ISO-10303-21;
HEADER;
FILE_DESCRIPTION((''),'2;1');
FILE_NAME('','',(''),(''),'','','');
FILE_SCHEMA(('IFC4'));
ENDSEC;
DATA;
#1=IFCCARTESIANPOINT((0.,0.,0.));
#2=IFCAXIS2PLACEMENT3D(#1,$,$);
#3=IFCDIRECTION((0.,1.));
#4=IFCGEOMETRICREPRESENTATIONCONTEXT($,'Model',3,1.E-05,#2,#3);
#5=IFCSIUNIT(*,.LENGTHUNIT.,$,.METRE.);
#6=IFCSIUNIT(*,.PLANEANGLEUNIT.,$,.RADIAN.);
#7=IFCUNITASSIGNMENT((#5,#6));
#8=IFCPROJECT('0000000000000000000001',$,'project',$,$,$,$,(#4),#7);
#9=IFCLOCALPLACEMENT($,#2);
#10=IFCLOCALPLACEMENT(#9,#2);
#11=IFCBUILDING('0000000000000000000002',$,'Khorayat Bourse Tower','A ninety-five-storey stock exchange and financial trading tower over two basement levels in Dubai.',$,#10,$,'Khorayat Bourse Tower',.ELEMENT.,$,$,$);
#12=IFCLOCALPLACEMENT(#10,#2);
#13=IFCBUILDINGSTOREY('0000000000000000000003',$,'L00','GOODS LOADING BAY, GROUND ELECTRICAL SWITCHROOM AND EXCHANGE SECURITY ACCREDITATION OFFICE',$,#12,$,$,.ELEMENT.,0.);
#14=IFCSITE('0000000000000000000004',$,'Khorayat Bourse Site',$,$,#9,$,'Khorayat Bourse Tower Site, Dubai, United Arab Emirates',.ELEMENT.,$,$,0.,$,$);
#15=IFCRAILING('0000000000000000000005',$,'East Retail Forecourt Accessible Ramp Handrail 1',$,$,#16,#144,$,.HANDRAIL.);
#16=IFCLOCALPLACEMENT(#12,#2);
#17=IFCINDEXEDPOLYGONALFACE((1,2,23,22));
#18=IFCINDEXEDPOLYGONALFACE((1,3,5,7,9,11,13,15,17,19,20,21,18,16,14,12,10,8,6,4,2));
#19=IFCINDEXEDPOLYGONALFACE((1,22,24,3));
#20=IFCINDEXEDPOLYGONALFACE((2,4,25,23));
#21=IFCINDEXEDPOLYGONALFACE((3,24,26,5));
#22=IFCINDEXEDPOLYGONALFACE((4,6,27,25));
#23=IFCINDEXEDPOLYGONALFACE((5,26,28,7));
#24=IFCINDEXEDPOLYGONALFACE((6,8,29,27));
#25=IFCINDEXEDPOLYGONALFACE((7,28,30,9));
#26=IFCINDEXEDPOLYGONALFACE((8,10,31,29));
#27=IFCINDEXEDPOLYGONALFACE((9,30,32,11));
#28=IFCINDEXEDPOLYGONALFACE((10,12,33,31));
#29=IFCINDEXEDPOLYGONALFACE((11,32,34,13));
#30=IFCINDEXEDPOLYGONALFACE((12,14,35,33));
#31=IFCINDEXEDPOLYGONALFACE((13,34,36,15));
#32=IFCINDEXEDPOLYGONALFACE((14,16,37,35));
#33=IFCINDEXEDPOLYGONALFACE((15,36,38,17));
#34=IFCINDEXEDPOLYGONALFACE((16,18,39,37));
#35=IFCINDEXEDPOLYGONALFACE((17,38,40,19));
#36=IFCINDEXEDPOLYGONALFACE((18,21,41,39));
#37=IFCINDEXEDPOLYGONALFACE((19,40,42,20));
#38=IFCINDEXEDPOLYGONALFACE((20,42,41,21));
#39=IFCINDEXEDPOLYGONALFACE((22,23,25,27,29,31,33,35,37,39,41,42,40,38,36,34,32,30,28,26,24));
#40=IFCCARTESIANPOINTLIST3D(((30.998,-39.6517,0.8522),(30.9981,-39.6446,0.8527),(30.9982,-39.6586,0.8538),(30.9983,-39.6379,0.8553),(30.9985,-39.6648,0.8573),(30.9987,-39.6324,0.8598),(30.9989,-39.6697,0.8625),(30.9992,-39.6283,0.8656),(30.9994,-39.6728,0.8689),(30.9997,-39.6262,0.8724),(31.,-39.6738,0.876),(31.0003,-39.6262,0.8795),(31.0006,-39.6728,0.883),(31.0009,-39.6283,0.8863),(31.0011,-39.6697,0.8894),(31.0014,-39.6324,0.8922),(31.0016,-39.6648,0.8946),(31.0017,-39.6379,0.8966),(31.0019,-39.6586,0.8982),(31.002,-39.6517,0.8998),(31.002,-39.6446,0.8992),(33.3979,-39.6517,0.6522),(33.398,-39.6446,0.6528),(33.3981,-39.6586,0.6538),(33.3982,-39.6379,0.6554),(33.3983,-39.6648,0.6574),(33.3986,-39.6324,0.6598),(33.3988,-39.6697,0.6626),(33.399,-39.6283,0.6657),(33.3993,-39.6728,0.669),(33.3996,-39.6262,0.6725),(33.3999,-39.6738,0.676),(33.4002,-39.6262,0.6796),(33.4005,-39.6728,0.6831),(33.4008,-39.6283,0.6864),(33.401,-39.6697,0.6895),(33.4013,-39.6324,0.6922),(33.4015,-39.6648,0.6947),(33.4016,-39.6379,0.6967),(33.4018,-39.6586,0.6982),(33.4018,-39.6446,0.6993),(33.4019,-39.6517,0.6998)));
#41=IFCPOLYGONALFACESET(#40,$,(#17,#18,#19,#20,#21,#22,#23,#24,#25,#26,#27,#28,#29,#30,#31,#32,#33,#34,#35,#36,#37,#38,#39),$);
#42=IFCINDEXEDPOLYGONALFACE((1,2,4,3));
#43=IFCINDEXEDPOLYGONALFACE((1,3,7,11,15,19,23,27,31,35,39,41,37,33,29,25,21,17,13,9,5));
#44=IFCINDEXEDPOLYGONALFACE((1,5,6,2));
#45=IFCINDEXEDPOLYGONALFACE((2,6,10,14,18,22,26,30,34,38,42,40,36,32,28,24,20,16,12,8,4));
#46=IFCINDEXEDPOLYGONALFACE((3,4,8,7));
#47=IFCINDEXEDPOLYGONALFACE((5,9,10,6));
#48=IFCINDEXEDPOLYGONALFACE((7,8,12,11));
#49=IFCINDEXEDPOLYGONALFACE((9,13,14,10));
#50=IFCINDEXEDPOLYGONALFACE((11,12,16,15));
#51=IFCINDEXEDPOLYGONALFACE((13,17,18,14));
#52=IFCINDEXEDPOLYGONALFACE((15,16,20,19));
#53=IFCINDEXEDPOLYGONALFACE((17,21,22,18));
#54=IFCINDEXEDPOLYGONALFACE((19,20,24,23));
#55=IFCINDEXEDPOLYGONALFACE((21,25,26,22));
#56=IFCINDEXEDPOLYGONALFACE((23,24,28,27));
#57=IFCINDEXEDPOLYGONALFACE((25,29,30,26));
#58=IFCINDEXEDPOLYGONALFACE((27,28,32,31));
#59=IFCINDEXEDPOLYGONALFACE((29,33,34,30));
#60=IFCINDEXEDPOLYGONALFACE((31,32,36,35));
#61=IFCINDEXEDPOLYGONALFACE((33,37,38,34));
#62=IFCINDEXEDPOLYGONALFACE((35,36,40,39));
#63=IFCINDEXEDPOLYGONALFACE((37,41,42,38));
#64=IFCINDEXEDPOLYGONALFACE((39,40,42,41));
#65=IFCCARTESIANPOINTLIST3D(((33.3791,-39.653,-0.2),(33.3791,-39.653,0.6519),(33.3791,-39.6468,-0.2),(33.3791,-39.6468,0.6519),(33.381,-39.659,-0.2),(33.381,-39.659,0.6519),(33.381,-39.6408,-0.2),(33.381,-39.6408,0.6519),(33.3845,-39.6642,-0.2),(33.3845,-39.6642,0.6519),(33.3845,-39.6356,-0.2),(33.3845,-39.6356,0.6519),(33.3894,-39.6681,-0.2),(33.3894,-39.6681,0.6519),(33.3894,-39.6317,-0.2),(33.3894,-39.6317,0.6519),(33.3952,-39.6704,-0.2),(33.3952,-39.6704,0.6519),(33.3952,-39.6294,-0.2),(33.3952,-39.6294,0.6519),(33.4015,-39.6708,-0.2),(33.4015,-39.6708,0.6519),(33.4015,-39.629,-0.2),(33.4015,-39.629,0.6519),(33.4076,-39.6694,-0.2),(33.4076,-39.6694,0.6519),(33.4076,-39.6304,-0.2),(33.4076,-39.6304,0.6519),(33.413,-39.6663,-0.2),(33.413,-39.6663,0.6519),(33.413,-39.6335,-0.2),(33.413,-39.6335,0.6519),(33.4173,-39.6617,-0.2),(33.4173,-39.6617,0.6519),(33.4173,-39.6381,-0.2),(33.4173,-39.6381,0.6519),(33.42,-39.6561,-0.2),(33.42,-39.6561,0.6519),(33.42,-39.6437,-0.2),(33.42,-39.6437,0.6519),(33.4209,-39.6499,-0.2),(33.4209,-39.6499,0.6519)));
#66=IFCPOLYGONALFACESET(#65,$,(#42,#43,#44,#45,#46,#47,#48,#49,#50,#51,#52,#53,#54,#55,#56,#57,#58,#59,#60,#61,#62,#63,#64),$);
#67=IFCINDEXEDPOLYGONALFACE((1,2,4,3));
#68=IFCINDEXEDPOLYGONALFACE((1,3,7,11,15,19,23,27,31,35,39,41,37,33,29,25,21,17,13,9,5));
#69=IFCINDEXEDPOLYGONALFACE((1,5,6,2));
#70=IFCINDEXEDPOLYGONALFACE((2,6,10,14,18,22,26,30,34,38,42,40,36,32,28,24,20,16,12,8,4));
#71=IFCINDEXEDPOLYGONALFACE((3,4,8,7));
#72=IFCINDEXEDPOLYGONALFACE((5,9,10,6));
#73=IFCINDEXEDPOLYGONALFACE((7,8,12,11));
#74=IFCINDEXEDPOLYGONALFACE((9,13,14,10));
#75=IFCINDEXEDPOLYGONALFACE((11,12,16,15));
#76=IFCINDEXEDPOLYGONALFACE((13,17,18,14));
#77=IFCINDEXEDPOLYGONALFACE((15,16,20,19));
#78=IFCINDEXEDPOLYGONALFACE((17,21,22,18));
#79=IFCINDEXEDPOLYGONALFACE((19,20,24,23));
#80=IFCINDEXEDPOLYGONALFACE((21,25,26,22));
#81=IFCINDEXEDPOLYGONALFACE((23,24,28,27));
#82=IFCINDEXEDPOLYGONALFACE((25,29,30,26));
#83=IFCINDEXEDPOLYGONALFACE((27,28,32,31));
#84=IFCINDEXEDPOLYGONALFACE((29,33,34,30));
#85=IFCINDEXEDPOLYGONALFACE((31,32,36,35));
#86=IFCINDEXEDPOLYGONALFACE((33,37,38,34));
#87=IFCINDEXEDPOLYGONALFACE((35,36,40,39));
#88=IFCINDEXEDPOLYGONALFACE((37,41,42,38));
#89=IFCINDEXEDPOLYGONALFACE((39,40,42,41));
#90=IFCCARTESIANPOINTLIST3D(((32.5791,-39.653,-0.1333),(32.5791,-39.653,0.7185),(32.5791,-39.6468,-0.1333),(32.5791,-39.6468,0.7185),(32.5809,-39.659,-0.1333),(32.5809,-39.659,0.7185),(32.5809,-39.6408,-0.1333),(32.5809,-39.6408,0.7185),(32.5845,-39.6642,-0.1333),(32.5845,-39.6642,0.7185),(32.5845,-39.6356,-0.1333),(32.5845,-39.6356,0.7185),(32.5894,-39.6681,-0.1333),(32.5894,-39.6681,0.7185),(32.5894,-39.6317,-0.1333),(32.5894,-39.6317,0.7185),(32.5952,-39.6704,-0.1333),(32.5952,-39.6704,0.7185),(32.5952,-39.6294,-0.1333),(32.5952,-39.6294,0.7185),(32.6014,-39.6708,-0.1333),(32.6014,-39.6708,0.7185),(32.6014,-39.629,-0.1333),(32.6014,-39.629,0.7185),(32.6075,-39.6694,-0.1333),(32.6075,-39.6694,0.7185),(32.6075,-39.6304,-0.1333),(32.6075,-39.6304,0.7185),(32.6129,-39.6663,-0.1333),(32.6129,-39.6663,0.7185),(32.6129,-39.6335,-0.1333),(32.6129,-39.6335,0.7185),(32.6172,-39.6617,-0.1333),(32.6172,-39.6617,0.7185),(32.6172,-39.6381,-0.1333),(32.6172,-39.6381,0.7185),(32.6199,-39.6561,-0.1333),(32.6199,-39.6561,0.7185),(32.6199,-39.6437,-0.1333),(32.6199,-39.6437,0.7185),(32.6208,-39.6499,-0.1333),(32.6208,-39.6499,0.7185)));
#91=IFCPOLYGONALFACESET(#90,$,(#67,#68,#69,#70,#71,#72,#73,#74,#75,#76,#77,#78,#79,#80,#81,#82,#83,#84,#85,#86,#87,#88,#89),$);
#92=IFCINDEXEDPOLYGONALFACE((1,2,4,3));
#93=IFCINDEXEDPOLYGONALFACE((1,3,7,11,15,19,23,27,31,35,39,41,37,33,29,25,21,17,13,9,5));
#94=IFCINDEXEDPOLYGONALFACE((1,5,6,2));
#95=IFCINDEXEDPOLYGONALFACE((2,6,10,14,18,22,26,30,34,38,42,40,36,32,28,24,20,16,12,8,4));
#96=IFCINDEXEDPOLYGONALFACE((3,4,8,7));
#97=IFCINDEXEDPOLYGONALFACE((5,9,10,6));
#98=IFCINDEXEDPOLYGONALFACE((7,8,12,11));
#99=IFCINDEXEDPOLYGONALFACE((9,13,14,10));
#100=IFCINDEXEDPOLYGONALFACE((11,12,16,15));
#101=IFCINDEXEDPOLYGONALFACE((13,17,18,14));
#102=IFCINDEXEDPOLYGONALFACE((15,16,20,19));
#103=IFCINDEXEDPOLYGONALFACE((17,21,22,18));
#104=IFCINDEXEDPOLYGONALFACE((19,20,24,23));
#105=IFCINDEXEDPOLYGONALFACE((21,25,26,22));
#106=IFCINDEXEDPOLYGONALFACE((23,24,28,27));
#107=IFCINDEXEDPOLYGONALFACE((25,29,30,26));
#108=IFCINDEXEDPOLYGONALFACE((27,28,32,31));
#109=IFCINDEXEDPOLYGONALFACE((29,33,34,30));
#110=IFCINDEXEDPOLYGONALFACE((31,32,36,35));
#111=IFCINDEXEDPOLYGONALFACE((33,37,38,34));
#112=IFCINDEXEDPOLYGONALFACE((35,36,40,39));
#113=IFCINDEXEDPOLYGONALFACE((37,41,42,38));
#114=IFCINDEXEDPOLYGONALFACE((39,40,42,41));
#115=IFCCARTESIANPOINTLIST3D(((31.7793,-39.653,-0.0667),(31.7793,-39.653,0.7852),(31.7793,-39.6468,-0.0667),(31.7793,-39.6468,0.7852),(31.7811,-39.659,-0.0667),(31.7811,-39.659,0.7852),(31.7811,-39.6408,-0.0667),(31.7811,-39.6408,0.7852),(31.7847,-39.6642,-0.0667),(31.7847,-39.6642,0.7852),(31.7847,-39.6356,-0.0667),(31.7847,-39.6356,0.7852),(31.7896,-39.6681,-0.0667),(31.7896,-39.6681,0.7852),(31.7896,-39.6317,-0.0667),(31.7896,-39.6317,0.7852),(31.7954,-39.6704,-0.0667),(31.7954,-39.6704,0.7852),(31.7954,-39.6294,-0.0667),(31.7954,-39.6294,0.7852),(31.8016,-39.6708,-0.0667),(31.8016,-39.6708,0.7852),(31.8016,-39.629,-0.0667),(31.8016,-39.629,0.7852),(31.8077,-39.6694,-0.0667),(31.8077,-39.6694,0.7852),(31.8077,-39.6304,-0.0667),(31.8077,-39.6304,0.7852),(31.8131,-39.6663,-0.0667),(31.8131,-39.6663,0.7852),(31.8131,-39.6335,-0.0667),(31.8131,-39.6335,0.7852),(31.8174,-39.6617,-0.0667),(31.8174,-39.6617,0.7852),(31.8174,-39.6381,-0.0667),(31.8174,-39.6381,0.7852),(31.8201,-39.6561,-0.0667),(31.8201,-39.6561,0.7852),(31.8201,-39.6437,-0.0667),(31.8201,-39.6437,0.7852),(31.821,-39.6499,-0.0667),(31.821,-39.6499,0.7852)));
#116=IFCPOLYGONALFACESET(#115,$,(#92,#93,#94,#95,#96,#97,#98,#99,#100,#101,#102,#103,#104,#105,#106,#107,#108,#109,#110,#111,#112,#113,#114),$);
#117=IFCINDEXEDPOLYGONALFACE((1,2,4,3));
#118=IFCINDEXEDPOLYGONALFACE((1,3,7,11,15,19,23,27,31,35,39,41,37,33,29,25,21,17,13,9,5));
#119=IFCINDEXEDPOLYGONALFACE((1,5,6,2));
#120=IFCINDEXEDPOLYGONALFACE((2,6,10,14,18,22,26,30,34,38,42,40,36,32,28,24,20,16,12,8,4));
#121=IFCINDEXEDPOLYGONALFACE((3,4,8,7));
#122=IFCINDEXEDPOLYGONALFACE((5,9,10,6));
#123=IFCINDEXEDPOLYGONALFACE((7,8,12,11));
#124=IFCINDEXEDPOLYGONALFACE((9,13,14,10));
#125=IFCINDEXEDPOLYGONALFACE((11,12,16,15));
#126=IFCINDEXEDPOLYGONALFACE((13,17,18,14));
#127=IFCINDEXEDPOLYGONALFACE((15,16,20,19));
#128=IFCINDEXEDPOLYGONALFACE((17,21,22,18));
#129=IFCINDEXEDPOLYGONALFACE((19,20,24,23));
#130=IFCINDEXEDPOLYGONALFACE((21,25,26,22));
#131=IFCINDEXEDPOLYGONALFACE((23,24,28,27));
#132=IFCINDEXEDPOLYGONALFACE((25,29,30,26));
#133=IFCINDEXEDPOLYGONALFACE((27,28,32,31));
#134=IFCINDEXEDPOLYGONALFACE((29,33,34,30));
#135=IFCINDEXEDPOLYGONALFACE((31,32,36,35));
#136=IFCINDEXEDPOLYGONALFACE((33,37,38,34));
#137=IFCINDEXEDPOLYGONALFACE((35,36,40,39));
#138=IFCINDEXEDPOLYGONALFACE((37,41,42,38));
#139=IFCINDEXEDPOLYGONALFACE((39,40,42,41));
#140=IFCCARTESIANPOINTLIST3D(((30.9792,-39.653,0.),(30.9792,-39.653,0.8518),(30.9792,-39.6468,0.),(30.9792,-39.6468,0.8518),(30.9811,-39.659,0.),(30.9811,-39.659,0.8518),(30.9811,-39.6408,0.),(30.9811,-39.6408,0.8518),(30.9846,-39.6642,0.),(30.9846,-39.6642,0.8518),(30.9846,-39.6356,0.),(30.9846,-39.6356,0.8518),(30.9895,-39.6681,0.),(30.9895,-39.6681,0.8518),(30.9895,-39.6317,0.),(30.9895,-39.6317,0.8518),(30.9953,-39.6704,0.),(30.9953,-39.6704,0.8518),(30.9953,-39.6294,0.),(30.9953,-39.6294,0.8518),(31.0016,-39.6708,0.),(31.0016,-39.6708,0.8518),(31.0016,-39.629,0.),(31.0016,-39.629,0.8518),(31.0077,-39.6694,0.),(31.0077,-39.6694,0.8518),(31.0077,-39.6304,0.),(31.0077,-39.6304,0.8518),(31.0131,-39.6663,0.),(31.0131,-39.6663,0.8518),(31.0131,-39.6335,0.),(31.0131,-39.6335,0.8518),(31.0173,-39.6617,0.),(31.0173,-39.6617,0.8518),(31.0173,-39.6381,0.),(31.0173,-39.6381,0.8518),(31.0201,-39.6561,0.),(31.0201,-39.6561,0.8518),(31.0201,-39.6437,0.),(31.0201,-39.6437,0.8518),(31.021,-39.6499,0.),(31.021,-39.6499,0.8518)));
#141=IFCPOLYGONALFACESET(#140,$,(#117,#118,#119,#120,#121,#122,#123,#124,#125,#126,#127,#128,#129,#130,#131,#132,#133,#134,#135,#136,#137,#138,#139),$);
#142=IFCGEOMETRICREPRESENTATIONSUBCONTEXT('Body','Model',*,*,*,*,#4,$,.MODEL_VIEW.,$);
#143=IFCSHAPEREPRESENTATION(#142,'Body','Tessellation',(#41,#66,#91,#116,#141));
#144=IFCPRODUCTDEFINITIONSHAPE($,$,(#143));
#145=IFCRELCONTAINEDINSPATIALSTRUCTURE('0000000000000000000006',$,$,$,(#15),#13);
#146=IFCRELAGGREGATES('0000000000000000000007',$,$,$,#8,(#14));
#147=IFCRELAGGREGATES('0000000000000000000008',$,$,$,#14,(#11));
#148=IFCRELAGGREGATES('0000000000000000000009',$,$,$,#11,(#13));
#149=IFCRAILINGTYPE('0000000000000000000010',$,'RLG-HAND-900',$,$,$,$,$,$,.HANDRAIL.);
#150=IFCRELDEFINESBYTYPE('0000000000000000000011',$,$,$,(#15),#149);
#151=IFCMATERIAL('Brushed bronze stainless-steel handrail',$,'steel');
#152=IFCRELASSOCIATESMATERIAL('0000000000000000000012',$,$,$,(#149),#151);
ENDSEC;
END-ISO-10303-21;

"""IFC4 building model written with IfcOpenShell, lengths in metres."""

from ifc_helpers import new_model, si_unit, direction, frame, origin, origin_2d, place, context, subcontext, project, spatial, circle, extrude, source, transform, mapped, material, type_object, element, save


model = new_model("IFC4")

# Units and contexts
model_context = context("Model", 3, precision=1e-05, world=origin(), true_north=direction((0.0, 1.0)))
body_context = subcontext(model_context, "Body", "Model", "MODEL_VIEW")
ifc_project = project(units=[si_unit("LENGTHUNIT", "METRE"), si_unit("PLANEANGLEUNIT", "RADIAN")], contexts=[model_context])

# Site, building, storey
site_placement = place(None, origin())
site = spatial("IfcSite", under=ifc_project, at=site_placement, Name="Khorayat Bourse Site", LongName="Khorayat Bourse Tower Site, Dubai, United Arab Emirates", CompositionType="ELEMENT", RefElevation=0.0)
building_placement = place(site_placement, origin())
building = spatial("IfcBuilding", under=site, at=building_placement, Name="Khorayat Bourse Tower", Description="A ninety-five-storey stock exchange and financial trading tower over two basement levels in Dubai.", LongName="Khorayat Bourse Tower", CompositionType="ELEMENT")
storey_placement = place(building_placement, origin())
storey = spatial("IfcBuildingStorey", under=building, at=storey_placement, Name="L00", Description="GOODS LOADING BAY, GROUND ELECTRICAL SWITCHROOM AND EXCHANGE SECURITY ACCREDITATION OFFICE", CompositionType="ELEMENT", Elevation=0.0)

# Railing
ifc_material_1 = material(Name="Brushed bronze stainless-steel handrail", Category="steel")
railing_type = type_object("IfcRailingType", Name="RLG-HAND-900", PredefinedType="HANDRAIL", material=ifc_material_1)
shared_shape_1 = source(origin(), body_context, "Body", "SweptSolid", [
    extrude(circle(Radius=0.0239, at=origin_2d()), frame((0.0, 0.0, 0.876), z_axis=(-0.996547, 0.0, 0.083029), x_axis=(0.0, -1.0, 0.0)), (0.0, 0.0, 1.0), 2.4082),
    extrude(circle(Radius=0.021, at=origin_2d()), origin(), (0.0, 0.0, 1.0), 0.8518),
    extrude(circle(Radius=0.021, at=origin_2d()), frame((-0.8, 0.0, 0.0667)), (0.0, 0.0, 1.0), 0.8518),
    extrude(circle(Radius=0.021, at=origin_2d()), frame((-1.5999, 0.0, 0.1333)), (0.0, 0.0, 1.0), 0.8518),
    extrude(circle(Radius=0.021, at=origin_2d()), frame((-2.3999, 0.0, 0.2)), (0.0, 0.0, 1.0), 0.8518),
])
for number, where, name in (
    (1, (33.3999, -39.6499, -0.2), "East Retail Forecourt Accessible Ramp Handrail 1"),
):
    element("IfcRailing", number, at=place(storey_placement, frame(where)), inside=storey, type_object=railing_type, Name=name, PredefinedType="HANDRAIL", context=body_context, shape_type="MappedRepresentation", body=[
        mapped(shared_shape_1, transform((0.0, 0.0, 0.0), scale=1.0)),
    ])

save(model, "model.ifc")
